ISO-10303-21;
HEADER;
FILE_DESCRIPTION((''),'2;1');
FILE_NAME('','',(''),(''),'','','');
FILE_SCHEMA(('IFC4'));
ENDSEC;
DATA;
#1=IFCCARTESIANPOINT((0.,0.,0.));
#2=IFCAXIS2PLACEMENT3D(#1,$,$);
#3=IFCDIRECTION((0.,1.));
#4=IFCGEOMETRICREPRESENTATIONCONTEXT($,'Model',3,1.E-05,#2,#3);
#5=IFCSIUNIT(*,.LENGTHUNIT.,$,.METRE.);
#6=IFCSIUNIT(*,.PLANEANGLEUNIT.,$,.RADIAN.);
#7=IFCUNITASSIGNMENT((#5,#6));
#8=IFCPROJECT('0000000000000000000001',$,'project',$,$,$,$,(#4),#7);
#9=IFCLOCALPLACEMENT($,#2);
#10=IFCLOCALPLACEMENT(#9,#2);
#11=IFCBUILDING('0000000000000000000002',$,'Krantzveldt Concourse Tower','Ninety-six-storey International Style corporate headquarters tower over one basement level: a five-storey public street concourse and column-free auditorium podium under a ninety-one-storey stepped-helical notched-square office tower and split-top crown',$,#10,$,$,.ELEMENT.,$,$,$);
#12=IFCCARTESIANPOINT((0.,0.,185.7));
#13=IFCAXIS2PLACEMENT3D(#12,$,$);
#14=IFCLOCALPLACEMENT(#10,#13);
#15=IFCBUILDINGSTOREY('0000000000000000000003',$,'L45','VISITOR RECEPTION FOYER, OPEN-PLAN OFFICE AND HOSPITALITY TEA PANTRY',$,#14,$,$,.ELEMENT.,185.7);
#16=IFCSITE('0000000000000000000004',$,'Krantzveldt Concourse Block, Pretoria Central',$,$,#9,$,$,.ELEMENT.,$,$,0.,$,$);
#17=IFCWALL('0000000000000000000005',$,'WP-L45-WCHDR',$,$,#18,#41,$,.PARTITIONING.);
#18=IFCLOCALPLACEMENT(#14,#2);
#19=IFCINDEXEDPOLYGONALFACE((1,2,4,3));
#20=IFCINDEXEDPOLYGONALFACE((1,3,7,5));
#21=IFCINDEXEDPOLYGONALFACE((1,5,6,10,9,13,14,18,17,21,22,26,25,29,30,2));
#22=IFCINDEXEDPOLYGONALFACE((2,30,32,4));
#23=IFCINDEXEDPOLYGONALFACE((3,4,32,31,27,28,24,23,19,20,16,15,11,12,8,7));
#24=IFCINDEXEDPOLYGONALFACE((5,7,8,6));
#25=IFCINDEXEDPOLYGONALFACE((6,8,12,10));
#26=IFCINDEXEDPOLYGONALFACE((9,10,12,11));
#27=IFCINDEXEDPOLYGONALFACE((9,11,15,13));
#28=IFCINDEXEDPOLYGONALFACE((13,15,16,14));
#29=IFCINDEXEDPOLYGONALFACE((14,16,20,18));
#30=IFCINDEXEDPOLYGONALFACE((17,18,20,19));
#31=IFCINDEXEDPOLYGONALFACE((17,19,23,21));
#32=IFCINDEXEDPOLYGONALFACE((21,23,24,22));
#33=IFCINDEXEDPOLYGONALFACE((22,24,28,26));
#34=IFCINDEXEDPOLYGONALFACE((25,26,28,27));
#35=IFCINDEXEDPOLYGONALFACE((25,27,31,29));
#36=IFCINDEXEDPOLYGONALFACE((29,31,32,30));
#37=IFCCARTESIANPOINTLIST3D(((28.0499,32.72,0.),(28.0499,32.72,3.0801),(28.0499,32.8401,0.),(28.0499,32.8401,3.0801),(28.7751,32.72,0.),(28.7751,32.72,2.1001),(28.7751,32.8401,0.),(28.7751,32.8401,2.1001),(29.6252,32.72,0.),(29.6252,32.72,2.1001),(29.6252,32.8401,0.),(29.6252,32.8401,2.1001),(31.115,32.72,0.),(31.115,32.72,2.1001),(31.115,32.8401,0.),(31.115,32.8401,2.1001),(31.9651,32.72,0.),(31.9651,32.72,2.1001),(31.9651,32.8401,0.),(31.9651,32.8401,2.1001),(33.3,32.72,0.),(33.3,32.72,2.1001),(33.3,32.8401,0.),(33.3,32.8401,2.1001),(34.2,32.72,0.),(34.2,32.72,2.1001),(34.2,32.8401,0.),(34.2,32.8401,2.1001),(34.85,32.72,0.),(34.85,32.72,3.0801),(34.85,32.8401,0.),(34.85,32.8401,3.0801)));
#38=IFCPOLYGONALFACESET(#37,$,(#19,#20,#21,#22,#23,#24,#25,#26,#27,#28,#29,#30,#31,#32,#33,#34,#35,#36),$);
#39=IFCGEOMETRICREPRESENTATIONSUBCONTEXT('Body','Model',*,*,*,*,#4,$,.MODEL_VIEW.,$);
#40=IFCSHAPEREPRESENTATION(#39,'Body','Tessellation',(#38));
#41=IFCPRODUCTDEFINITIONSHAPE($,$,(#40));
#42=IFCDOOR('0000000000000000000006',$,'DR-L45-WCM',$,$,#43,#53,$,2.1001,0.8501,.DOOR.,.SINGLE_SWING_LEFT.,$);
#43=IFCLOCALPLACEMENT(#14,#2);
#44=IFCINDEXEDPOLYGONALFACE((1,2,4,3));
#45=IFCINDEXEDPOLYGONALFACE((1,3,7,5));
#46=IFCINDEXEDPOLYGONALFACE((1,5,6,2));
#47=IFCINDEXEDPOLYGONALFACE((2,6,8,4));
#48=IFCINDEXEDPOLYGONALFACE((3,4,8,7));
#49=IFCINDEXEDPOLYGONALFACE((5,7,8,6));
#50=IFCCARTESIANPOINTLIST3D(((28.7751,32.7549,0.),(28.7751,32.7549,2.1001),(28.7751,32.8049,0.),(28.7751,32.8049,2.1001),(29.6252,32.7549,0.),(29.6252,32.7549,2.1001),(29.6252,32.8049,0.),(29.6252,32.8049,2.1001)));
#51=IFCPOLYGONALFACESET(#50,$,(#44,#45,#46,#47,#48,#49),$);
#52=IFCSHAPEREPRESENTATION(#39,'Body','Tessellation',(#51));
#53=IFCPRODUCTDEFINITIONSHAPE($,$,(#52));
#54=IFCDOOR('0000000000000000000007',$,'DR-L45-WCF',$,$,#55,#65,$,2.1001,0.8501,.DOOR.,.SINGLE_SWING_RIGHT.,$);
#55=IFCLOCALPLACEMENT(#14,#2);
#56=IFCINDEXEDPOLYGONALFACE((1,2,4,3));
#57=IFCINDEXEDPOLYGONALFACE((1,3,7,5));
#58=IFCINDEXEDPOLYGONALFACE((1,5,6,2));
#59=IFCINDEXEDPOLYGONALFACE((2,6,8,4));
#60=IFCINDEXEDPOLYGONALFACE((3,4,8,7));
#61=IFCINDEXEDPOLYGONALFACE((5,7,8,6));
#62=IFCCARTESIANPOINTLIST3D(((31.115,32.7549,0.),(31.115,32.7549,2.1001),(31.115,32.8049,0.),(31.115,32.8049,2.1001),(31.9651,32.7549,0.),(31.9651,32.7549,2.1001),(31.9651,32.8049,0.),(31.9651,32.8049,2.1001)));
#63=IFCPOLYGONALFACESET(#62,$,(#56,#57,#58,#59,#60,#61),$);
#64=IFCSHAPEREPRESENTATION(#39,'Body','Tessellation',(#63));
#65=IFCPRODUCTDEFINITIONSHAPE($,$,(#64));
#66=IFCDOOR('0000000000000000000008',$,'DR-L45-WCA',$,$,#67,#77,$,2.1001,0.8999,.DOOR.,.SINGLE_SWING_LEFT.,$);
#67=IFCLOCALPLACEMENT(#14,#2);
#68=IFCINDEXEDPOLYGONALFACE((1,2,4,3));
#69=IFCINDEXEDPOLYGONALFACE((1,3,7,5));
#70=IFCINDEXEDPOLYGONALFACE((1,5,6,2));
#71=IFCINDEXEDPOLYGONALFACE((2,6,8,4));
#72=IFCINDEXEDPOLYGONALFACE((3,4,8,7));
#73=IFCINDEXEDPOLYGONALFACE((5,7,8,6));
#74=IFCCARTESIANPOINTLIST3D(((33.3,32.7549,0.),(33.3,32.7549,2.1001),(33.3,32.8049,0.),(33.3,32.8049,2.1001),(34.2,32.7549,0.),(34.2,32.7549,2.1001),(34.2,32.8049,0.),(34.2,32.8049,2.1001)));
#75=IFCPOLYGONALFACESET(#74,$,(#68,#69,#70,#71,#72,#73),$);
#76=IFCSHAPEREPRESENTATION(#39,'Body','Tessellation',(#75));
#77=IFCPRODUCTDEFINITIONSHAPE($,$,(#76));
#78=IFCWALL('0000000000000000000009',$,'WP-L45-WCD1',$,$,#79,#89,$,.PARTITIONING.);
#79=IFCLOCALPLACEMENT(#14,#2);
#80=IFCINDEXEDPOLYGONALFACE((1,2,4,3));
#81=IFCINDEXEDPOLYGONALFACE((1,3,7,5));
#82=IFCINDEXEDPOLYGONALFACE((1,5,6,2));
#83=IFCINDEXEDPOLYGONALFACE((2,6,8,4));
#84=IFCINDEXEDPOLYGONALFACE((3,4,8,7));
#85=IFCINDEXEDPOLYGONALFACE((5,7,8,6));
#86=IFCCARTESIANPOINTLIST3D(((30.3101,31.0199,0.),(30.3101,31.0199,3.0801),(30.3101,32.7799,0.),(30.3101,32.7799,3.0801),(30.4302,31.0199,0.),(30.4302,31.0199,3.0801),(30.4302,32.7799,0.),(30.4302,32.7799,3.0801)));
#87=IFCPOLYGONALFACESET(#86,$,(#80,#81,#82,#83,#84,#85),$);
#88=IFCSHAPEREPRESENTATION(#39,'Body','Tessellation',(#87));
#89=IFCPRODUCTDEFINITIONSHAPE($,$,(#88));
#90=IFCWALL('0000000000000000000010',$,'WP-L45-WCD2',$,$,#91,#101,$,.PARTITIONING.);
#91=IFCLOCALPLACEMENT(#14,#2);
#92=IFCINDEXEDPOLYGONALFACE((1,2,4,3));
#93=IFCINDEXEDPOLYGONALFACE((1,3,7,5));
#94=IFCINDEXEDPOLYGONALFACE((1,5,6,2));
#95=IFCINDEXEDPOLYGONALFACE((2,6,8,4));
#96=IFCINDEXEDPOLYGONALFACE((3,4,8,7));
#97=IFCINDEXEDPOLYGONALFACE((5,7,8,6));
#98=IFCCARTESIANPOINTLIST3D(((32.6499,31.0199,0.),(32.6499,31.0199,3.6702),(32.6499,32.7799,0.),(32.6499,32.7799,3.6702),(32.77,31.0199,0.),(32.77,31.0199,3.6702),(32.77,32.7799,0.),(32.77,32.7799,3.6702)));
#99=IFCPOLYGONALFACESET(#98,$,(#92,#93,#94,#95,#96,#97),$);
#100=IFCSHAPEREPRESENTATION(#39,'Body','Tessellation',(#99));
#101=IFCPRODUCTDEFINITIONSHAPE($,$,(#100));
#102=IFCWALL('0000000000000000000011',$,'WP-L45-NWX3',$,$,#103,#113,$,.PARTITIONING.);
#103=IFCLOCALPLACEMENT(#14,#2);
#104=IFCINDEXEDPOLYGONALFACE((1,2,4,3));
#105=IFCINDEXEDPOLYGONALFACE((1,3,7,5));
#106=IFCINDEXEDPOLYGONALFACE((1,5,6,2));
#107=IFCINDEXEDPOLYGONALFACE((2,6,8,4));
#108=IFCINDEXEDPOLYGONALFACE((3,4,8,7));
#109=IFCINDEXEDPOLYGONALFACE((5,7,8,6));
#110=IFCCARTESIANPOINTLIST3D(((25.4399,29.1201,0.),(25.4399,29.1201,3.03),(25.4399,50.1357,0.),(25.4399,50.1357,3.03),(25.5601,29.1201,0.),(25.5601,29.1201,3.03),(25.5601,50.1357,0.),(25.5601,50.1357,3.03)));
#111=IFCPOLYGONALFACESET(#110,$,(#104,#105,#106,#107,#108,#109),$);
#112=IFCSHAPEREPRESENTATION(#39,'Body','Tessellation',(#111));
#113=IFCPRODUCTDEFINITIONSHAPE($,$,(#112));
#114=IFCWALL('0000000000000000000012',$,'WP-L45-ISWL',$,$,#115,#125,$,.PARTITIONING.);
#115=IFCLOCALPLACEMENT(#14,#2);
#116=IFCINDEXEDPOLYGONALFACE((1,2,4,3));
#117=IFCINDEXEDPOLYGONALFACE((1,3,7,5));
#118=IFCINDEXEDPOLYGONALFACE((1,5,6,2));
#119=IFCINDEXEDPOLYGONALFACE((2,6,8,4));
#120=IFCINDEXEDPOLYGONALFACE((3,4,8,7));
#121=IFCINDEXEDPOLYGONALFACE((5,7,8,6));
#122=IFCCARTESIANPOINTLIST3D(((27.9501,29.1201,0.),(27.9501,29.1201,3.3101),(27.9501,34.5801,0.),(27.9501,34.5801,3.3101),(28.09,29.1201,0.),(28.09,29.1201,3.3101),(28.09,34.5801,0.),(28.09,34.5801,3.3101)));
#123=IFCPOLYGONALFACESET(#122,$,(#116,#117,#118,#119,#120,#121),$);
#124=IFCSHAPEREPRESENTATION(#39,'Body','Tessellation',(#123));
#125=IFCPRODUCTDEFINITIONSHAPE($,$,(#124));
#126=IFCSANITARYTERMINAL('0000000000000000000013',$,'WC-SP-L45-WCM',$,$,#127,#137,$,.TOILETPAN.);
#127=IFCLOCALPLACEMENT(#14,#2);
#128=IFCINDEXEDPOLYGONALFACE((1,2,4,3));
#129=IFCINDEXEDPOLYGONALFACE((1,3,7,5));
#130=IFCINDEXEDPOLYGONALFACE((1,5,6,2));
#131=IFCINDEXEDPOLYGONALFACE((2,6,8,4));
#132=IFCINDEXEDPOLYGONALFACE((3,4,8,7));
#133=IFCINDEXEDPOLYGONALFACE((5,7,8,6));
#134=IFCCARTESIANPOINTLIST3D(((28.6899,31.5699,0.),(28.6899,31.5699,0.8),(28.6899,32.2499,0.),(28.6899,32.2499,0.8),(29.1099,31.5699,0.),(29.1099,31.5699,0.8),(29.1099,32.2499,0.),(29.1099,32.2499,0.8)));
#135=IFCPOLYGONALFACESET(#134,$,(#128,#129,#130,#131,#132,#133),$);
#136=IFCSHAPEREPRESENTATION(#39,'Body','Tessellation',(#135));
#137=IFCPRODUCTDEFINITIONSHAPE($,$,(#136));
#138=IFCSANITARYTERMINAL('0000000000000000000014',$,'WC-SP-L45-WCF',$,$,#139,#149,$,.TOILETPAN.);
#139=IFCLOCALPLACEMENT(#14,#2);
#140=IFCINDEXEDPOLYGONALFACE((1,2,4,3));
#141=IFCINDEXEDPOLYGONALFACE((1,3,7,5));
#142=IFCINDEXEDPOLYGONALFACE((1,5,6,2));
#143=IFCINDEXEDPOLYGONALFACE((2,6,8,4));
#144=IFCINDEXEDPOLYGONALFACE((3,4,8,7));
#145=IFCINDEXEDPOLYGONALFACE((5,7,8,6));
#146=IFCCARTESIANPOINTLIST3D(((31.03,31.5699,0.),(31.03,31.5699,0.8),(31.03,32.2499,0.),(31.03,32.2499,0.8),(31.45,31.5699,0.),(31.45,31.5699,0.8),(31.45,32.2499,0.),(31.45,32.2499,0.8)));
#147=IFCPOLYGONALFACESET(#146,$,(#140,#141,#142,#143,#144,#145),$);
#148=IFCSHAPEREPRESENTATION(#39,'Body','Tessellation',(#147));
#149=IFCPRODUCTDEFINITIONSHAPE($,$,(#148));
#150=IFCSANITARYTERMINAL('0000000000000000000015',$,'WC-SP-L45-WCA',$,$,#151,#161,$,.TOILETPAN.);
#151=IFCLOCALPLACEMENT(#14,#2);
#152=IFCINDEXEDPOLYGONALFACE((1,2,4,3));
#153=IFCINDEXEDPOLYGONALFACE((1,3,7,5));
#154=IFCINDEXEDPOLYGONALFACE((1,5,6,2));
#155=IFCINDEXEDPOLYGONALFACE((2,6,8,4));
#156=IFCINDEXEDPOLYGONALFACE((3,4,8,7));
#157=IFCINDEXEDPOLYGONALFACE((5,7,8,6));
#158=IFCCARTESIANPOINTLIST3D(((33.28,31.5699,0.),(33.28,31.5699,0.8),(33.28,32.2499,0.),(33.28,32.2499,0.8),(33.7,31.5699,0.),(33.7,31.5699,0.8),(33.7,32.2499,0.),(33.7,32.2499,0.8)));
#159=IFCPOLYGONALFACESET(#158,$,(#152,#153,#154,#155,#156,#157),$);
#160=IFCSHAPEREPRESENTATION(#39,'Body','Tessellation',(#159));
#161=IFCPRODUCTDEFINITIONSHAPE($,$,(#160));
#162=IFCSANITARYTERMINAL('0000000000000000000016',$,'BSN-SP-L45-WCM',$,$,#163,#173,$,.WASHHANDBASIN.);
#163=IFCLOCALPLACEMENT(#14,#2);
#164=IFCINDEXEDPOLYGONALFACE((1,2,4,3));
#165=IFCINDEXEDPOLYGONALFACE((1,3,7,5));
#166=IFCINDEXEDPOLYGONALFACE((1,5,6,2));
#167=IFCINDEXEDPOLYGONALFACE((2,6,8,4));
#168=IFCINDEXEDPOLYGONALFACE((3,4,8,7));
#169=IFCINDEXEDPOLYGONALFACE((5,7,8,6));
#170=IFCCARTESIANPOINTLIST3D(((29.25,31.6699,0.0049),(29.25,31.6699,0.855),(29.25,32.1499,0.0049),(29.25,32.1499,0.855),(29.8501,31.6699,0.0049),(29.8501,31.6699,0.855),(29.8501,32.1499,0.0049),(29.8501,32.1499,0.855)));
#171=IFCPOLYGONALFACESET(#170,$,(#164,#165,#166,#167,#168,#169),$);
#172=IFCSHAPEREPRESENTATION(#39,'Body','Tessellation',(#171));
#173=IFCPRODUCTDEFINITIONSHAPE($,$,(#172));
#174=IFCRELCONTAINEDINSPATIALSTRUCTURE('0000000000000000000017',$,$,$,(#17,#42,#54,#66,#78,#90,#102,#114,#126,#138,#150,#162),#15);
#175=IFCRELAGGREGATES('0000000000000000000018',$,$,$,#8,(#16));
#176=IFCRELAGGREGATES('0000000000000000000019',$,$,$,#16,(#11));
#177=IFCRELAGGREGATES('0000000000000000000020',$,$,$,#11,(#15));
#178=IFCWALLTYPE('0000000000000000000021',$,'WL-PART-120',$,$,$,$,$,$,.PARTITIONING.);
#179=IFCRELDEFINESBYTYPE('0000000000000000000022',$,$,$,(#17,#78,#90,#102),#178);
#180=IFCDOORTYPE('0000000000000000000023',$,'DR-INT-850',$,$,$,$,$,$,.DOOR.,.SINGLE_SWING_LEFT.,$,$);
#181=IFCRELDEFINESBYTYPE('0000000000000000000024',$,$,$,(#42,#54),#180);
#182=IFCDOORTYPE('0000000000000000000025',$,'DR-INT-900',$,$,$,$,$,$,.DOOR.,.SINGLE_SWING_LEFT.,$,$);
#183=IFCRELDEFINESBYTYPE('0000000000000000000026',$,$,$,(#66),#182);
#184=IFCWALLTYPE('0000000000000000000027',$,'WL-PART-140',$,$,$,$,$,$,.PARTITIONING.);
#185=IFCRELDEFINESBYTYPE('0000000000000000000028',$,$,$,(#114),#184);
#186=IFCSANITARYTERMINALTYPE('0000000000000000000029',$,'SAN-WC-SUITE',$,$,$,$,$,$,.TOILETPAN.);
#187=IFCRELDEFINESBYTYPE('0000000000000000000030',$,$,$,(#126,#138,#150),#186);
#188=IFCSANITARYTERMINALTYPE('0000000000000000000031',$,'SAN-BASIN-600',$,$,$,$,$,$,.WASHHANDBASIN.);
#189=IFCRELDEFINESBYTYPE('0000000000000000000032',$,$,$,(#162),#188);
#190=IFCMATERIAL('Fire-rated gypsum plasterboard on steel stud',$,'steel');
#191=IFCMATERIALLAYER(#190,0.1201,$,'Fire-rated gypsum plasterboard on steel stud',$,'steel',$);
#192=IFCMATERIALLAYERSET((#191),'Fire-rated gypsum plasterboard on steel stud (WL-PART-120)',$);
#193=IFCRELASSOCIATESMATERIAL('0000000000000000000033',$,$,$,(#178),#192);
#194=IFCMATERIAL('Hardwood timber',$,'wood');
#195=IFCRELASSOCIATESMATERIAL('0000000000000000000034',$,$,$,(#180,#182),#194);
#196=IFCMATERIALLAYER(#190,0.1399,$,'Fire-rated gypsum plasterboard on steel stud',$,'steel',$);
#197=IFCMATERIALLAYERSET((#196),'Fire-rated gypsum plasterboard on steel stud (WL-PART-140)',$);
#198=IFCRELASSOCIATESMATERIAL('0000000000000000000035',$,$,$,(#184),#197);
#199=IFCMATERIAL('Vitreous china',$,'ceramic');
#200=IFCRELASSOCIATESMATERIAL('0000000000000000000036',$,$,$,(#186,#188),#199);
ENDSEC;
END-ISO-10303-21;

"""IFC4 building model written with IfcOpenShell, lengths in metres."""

from ifc_helpers import new_model, si_unit, direction, frame, frame_2d, origin, origin_2d, place, context, subcontext, project, spatial, rectangle, extrude, source, transform, mapped, material, layer, layer_set, type_object, type_shapes, element, fill, save


model = new_model("IFC4")

# Units and contexts
model_context = context("Model", 3, precision=1e-05, world=origin(), true_north=direction((0.0, 1.0)))
body_context = subcontext(model_context, "Body", "Model", "MODEL_VIEW")
ifc_project = project(units=[si_unit("LENGTHUNIT", "METRE"), si_unit("PLANEANGLEUNIT", "RADIAN")], contexts=[model_context])

# Site, building, storey
site_placement = place(None, origin())
site = spatial("IfcSite", under=ifc_project, at=site_placement, Name="Krantzveldt Concourse Block, Pretoria Central", CompositionType="ELEMENT", RefElevation=0.0)
building_placement = place(site_placement, origin())
building = spatial("IfcBuilding", under=site, at=building_placement, Name="Krantzveldt Concourse Tower", Description="Ninety-six-storey International Style corporate headquarters tower over one basement level: a five-storey public street concourse and column-free auditorium podium under a ninety-one-storey stepped-helical notched-square office tower and split-top crown", CompositionType="ELEMENT")
storey_placement = place(building_placement, frame((0.0, 0.0, 185.7)))
storey = spatial("IfcBuildingStorey", under=building, at=storey_placement, Name="L45", Description="VISITOR RECEPTION FOYER, OPEN-PLAN OFFICE AND HOSPITALITY TEA PANTRY", CompositionType="ELEMENT", Elevation=185.7)

# Shared definitions
ifc_material_1 = material(Name="Fire-rated gypsum plasterboard on steel stud", Category="steel")
ifc_layer_1 = layer(ifc_material_1, 0.1201, Name="Fire-rated gypsum plasterboard on steel stud", Category="steel")
ifc_layer_set_1 = layer_set([ifc_layer_1], Name="Fire-rated gypsum plasterboard on steel stud (WL-PART-120)")
wall_type_1 = type_object("IfcWallType", Name="WL-PART-120", PredefinedType="PARTITIONING", material=ifc_layer_set_1)

# Wall, openings, doors
wall_1_placement = place(storey_placement, frame((28.05, 32.78, 0.0), z_axis=(0.0, 0.0, 1.0), x_axis=(1.0, 0.0, 0.0)))
wall_1 = element("IfcWall", 1, at=wall_1_placement, inside=storey, type_object=wall_type_1, Name="WP-L45-WCHDR", PredefinedType="PARTITIONING", context=body_context, shape_type="SweptSolid", body=[
    extrude(rectangle(XDim=6.8, YDim=0.1201, at=frame_2d((3.3999, 0.0))), origin(), (0.0, 0.0, 1.0), 3.0801),
])
opening_1_placement = place(wall_1_placement, frame((0.7251, 0.0, 0.0)))
opening_1 = element("IfcOpeningElement", 2, at=opening_1_placement, cuts=wall_1, PredefinedType="OPENING", context=body_context, shape_type="SweptSolid", body=[
    extrude(rectangle(XDim=0.8501, YDim=2.1001, at=frame_2d((0.425, 1.05))), frame((0.0, 0.0701, 0.0), z_axis=(0.0, -1.0, 0.0), x_axis=(1.0, 0.0, 0.0)), (0.0, 0.0, 1.0), 0.1401),
])
opening_2_placement = place(wall_1_placement, frame((3.0649, 0.0, 0.0)))
opening_2 = element("IfcOpeningElement", 3, at=opening_2_placement, cuts=wall_1, PredefinedType="OPENING", context=body_context, shape_type="SweptSolid", body=[
    extrude(rectangle(XDim=0.8501, YDim=2.1001, at=frame_2d((0.425, 1.05))), frame((0.0, 0.0701, 0.0), z_axis=(0.0, -1.0, 0.0), x_axis=(1.0, 0.0, 0.0)), (0.0, 0.0, 1.0), 0.1401),
])
opening_3_placement = place(wall_1_placement, frame((5.25, 0.0, 0.0)))
opening_3 = element("IfcOpeningElement", 4, at=opening_3_placement, cuts=wall_1, PredefinedType="OPENING", context=body_context, shape_type="SweptSolid", body=[
    extrude(rectangle(XDim=0.8999, YDim=2.1001, at=frame_2d((0.45, 1.05))), frame((0.0, 0.0701, 0.0), z_axis=(0.0, -1.0, 0.0), x_axis=(1.0, 0.0, 0.0)), (0.0, 0.0, 1.0), 0.1401),
])
ifc_material_2 = material(Name="Hardwood timber", Category="wood")
door_type_1 = type_object("IfcDoorType", Name="DR-INT-850", OperationType="SINGLE_SWING_LEFT", PredefinedType="DOOR", material=ifc_material_2)
door_1_placement = place(opening_1_placement, origin())
door_1 = element("IfcDoor", 5, at=door_1_placement, inside=storey, type_object=door_type_1, Name="DR-L45-WCM", OperationType="SINGLE_SWING_LEFT", OverallHeight=2.1001, OverallWidth=0.8501, PredefinedType="DOOR", context=body_context, shape_type="SweptSolid", body=[
    extrude(rectangle(XDim=0.8501, YDim=2.1001, at=frame_2d((0.425, 1.05))), frame((0.0, 0.0249, 0.0), z_axis=(0.0, -1.0, 0.0), x_axis=(1.0, 0.0, 0.0)), (0.0, 0.0, 1.0), 0.05),
])
fill(opening_1, door_1)
door_2_placement = place(opening_2_placement, origin())
door_2 = element("IfcDoor", 6, at=door_2_placement, inside=storey, type_object=door_type_1, Name="DR-L45-WCF", OperationType="SINGLE_SWING_RIGHT", OverallHeight=2.1001, OverallWidth=0.8501, PredefinedType="DOOR", context=body_context, shape_type="SweptSolid", body=[
    extrude(rectangle(XDim=0.8501, YDim=2.1001, at=frame_2d((0.425, 1.05))), frame((0.0, 0.0249, 0.0), z_axis=(0.0, -1.0, 0.0), x_axis=(1.0, 0.0, 0.0)), (0.0, 0.0, 1.0), 0.05),
])
fill(opening_2, door_2)
door_type_2 = type_object("IfcDoorType", Name="DR-INT-900", OperationType="SINGLE_SWING_LEFT", PredefinedType="DOOR", material=ifc_material_2)
door_3_placement = place(opening_3_placement, origin())
door_3 = element("IfcDoor", 7, at=door_3_placement, inside=storey, type_object=door_type_2, Name="DR-L45-WCA", OperationType="SINGLE_SWING_LEFT", OverallHeight=2.1001, OverallWidth=0.8999, PredefinedType="DOOR", context=body_context, shape_type="SweptSolid", body=[
    extrude(rectangle(XDim=0.8999, YDim=2.1001, at=frame_2d((0.45, 1.05))), frame((0.0, 0.0249, 0.0), z_axis=(0.0, -1.0, 0.0), x_axis=(1.0, 0.0, 0.0)), (0.0, 0.0, 1.0), 0.05),
])
fill(opening_3, door_3)

# Walls
wall_2_placement = place(storey_placement, frame((30.3701, 31.02, 0.0), z_axis=(0.0, 0.0, 1.0), x_axis=(0.0, 1.0, 0.0)))
element("IfcWall", 8, at=wall_2_placement, inside=storey, type_object=wall_type_1, Name="WP-L45-WCD1", PredefinedType="PARTITIONING", context=body_context, shape_type="SweptSolid", body=[
    extrude(rectangle(XDim=1.76, YDim=0.1201, at=frame_2d((0.8799, 0.0))), origin(), (0.0, 0.0, 1.0), 3.0801),
])
wall_3_placement = place(storey_placement, frame((32.71, 31.02, 0.0), z_axis=(0.0, 0.0, 1.0), x_axis=(0.0, 1.0, 0.0)))
element("IfcWall", 9, at=wall_3_placement, inside=storey, type_object=wall_type_1, Name="WP-L45-WCD2", PredefinedType="PARTITIONING", context=body_context, shape_type="SweptSolid", body=[
    extrude(rectangle(XDim=1.76, YDim=0.1201, at=frame_2d((0.8799, 0.0))), origin(), (0.0, 0.0, 1.0), 3.6702),
])
wall_4_placement = place(storey_placement, frame((25.5, 29.1201, 0.0), z_axis=(0.0, 0.0, 1.0), x_axis=(0.0, 1.0, 0.0)))
element("IfcWall", 10, at=wall_4_placement, inside=storey, type_object=wall_type_1, Name="WP-L45-NWX3", PredefinedType="PARTITIONING", context=body_context, shape_type="SweptSolid", body=[
    extrude(rectangle(XDim=21.0156, YDim=0.1201, at=frame_2d((10.5078, 0.0))), origin(), (0.0, 0.0, 1.0), 3.03),
])
ifc_layer_2 = layer(ifc_material_1, 0.1399, Name="Fire-rated gypsum plasterboard on steel stud", Category="steel")
ifc_layer_set_2 = layer_set([ifc_layer_2], Name="Fire-rated gypsum plasterboard on steel stud (WL-PART-140)")
wall_type_2 = type_object("IfcWallType", Name="WL-PART-140", PredefinedType="PARTITIONING", material=ifc_layer_set_2)
wall_5_placement = place(storey_placement, frame((28.02, 29.1201, 0.0), z_axis=(0.0, 0.0, 1.0), x_axis=(0.0, 1.0, 0.0)))
element("IfcWall", 11, at=wall_5_placement, inside=storey, type_object=wall_type_2, Name="WP-L45-ISWL", PredefinedType="PARTITIONING", context=body_context, shape_type="SweptSolid", body=[
    extrude(rectangle(XDim=5.46, YDim=0.1399, at=frame_2d((2.73, 0.0))), origin(), (0.0, 0.0, 1.0), 3.3101),
])

# Sanitary terminals
ifc_material_3 = material(Name="Vitreous china", Category="ceramic")
sanitary_terminal_type_1 = type_object("IfcSanitaryTerminalType", Name="SAN-WC-SUITE", PredefinedType="TOILETPAN", material=ifc_material_3)
shared_shape_1 = source(origin(), body_context, "Body", "SweptSolid", [
    extrude(rectangle(XDim=0.4199, YDim=0.6799, at=origin_2d()), origin(), (0.0, 0.0, 1.0), 0.8),
])
type_shapes(sanitary_terminal_type_1, [shared_shape_1])
for number, where, z_axis, x_axis, name in (
    (12, (28.8999, 31.9099, 0.0), (0.0, 0.0, 1.0), (1.0, 0.0, 0.0), "WC-SP-L45-WCM"),
    (13, (31.24, 31.9099, 0.0), (0.0, 0.0, 1.0), (1.0, 0.0, 0.0), "WC-SP-L45-WCF"),
    (14, (33.49, 31.9099, 0.0), (0.0, 0.0, 1.0), (1.0, 0.0, 0.0), "WC-SP-L45-WCA"),
):
    element("IfcSanitaryTerminal", number, at=place(storey_placement, frame(where, z_axis=z_axis, x_axis=x_axis)), inside=storey, type_object=sanitary_terminal_type_1, Name=name, PredefinedType="TOILETPAN", context=body_context, shape_type="MappedRepresentation", body=[
        mapped(shared_shape_1, transform((0.0, 0.0, 0.0), x_axis=(1.0, 0.0, 0.0), y_axis=(0.0, 1.0, 0.0), z_axis=(0.0, 0.0, 1.0), scale=1.0)),
    ])
sanitary_terminal_type_2 = type_object("IfcSanitaryTerminalType", Name="SAN-BASIN-600", PredefinedType="WASHHANDBASIN", material=ifc_material_3)
shared_shape_2 = source(origin(), body_context, "Body", "SweptSolid", [
    extrude(rectangle(XDim=0.6001, YDim=0.48, at=origin_2d()), origin(), (0.0, 0.0, 1.0), 0.8501),
])
type_shapes(sanitary_terminal_type_2, [shared_shape_2])
for number, where, z_axis, x_axis, name in (
    (15, (29.55, 31.9099, 0.0049), (0.0, 0.0, 1.0), (1.0, 0.0, 0.0), "BSN-SP-L45-WCM"),
):
    element("IfcSanitaryTerminal", number, at=place(storey_placement, frame(where, z_axis=z_axis, x_axis=x_axis)), inside=storey, type_object=sanitary_terminal_type_2, Name=name, PredefinedType="WASHHANDBASIN", context=body_context, shape_type="MappedRepresentation", body=[
        mapped(shared_shape_2, transform((0.0, 0.0, 0.0), x_axis=(1.0, 0.0, 0.0), y_axis=(0.0, 1.0, 0.0), z_axis=(0.0, 0.0, 1.0), scale=1.0)),
    ])

save(model, "model.ifc")
